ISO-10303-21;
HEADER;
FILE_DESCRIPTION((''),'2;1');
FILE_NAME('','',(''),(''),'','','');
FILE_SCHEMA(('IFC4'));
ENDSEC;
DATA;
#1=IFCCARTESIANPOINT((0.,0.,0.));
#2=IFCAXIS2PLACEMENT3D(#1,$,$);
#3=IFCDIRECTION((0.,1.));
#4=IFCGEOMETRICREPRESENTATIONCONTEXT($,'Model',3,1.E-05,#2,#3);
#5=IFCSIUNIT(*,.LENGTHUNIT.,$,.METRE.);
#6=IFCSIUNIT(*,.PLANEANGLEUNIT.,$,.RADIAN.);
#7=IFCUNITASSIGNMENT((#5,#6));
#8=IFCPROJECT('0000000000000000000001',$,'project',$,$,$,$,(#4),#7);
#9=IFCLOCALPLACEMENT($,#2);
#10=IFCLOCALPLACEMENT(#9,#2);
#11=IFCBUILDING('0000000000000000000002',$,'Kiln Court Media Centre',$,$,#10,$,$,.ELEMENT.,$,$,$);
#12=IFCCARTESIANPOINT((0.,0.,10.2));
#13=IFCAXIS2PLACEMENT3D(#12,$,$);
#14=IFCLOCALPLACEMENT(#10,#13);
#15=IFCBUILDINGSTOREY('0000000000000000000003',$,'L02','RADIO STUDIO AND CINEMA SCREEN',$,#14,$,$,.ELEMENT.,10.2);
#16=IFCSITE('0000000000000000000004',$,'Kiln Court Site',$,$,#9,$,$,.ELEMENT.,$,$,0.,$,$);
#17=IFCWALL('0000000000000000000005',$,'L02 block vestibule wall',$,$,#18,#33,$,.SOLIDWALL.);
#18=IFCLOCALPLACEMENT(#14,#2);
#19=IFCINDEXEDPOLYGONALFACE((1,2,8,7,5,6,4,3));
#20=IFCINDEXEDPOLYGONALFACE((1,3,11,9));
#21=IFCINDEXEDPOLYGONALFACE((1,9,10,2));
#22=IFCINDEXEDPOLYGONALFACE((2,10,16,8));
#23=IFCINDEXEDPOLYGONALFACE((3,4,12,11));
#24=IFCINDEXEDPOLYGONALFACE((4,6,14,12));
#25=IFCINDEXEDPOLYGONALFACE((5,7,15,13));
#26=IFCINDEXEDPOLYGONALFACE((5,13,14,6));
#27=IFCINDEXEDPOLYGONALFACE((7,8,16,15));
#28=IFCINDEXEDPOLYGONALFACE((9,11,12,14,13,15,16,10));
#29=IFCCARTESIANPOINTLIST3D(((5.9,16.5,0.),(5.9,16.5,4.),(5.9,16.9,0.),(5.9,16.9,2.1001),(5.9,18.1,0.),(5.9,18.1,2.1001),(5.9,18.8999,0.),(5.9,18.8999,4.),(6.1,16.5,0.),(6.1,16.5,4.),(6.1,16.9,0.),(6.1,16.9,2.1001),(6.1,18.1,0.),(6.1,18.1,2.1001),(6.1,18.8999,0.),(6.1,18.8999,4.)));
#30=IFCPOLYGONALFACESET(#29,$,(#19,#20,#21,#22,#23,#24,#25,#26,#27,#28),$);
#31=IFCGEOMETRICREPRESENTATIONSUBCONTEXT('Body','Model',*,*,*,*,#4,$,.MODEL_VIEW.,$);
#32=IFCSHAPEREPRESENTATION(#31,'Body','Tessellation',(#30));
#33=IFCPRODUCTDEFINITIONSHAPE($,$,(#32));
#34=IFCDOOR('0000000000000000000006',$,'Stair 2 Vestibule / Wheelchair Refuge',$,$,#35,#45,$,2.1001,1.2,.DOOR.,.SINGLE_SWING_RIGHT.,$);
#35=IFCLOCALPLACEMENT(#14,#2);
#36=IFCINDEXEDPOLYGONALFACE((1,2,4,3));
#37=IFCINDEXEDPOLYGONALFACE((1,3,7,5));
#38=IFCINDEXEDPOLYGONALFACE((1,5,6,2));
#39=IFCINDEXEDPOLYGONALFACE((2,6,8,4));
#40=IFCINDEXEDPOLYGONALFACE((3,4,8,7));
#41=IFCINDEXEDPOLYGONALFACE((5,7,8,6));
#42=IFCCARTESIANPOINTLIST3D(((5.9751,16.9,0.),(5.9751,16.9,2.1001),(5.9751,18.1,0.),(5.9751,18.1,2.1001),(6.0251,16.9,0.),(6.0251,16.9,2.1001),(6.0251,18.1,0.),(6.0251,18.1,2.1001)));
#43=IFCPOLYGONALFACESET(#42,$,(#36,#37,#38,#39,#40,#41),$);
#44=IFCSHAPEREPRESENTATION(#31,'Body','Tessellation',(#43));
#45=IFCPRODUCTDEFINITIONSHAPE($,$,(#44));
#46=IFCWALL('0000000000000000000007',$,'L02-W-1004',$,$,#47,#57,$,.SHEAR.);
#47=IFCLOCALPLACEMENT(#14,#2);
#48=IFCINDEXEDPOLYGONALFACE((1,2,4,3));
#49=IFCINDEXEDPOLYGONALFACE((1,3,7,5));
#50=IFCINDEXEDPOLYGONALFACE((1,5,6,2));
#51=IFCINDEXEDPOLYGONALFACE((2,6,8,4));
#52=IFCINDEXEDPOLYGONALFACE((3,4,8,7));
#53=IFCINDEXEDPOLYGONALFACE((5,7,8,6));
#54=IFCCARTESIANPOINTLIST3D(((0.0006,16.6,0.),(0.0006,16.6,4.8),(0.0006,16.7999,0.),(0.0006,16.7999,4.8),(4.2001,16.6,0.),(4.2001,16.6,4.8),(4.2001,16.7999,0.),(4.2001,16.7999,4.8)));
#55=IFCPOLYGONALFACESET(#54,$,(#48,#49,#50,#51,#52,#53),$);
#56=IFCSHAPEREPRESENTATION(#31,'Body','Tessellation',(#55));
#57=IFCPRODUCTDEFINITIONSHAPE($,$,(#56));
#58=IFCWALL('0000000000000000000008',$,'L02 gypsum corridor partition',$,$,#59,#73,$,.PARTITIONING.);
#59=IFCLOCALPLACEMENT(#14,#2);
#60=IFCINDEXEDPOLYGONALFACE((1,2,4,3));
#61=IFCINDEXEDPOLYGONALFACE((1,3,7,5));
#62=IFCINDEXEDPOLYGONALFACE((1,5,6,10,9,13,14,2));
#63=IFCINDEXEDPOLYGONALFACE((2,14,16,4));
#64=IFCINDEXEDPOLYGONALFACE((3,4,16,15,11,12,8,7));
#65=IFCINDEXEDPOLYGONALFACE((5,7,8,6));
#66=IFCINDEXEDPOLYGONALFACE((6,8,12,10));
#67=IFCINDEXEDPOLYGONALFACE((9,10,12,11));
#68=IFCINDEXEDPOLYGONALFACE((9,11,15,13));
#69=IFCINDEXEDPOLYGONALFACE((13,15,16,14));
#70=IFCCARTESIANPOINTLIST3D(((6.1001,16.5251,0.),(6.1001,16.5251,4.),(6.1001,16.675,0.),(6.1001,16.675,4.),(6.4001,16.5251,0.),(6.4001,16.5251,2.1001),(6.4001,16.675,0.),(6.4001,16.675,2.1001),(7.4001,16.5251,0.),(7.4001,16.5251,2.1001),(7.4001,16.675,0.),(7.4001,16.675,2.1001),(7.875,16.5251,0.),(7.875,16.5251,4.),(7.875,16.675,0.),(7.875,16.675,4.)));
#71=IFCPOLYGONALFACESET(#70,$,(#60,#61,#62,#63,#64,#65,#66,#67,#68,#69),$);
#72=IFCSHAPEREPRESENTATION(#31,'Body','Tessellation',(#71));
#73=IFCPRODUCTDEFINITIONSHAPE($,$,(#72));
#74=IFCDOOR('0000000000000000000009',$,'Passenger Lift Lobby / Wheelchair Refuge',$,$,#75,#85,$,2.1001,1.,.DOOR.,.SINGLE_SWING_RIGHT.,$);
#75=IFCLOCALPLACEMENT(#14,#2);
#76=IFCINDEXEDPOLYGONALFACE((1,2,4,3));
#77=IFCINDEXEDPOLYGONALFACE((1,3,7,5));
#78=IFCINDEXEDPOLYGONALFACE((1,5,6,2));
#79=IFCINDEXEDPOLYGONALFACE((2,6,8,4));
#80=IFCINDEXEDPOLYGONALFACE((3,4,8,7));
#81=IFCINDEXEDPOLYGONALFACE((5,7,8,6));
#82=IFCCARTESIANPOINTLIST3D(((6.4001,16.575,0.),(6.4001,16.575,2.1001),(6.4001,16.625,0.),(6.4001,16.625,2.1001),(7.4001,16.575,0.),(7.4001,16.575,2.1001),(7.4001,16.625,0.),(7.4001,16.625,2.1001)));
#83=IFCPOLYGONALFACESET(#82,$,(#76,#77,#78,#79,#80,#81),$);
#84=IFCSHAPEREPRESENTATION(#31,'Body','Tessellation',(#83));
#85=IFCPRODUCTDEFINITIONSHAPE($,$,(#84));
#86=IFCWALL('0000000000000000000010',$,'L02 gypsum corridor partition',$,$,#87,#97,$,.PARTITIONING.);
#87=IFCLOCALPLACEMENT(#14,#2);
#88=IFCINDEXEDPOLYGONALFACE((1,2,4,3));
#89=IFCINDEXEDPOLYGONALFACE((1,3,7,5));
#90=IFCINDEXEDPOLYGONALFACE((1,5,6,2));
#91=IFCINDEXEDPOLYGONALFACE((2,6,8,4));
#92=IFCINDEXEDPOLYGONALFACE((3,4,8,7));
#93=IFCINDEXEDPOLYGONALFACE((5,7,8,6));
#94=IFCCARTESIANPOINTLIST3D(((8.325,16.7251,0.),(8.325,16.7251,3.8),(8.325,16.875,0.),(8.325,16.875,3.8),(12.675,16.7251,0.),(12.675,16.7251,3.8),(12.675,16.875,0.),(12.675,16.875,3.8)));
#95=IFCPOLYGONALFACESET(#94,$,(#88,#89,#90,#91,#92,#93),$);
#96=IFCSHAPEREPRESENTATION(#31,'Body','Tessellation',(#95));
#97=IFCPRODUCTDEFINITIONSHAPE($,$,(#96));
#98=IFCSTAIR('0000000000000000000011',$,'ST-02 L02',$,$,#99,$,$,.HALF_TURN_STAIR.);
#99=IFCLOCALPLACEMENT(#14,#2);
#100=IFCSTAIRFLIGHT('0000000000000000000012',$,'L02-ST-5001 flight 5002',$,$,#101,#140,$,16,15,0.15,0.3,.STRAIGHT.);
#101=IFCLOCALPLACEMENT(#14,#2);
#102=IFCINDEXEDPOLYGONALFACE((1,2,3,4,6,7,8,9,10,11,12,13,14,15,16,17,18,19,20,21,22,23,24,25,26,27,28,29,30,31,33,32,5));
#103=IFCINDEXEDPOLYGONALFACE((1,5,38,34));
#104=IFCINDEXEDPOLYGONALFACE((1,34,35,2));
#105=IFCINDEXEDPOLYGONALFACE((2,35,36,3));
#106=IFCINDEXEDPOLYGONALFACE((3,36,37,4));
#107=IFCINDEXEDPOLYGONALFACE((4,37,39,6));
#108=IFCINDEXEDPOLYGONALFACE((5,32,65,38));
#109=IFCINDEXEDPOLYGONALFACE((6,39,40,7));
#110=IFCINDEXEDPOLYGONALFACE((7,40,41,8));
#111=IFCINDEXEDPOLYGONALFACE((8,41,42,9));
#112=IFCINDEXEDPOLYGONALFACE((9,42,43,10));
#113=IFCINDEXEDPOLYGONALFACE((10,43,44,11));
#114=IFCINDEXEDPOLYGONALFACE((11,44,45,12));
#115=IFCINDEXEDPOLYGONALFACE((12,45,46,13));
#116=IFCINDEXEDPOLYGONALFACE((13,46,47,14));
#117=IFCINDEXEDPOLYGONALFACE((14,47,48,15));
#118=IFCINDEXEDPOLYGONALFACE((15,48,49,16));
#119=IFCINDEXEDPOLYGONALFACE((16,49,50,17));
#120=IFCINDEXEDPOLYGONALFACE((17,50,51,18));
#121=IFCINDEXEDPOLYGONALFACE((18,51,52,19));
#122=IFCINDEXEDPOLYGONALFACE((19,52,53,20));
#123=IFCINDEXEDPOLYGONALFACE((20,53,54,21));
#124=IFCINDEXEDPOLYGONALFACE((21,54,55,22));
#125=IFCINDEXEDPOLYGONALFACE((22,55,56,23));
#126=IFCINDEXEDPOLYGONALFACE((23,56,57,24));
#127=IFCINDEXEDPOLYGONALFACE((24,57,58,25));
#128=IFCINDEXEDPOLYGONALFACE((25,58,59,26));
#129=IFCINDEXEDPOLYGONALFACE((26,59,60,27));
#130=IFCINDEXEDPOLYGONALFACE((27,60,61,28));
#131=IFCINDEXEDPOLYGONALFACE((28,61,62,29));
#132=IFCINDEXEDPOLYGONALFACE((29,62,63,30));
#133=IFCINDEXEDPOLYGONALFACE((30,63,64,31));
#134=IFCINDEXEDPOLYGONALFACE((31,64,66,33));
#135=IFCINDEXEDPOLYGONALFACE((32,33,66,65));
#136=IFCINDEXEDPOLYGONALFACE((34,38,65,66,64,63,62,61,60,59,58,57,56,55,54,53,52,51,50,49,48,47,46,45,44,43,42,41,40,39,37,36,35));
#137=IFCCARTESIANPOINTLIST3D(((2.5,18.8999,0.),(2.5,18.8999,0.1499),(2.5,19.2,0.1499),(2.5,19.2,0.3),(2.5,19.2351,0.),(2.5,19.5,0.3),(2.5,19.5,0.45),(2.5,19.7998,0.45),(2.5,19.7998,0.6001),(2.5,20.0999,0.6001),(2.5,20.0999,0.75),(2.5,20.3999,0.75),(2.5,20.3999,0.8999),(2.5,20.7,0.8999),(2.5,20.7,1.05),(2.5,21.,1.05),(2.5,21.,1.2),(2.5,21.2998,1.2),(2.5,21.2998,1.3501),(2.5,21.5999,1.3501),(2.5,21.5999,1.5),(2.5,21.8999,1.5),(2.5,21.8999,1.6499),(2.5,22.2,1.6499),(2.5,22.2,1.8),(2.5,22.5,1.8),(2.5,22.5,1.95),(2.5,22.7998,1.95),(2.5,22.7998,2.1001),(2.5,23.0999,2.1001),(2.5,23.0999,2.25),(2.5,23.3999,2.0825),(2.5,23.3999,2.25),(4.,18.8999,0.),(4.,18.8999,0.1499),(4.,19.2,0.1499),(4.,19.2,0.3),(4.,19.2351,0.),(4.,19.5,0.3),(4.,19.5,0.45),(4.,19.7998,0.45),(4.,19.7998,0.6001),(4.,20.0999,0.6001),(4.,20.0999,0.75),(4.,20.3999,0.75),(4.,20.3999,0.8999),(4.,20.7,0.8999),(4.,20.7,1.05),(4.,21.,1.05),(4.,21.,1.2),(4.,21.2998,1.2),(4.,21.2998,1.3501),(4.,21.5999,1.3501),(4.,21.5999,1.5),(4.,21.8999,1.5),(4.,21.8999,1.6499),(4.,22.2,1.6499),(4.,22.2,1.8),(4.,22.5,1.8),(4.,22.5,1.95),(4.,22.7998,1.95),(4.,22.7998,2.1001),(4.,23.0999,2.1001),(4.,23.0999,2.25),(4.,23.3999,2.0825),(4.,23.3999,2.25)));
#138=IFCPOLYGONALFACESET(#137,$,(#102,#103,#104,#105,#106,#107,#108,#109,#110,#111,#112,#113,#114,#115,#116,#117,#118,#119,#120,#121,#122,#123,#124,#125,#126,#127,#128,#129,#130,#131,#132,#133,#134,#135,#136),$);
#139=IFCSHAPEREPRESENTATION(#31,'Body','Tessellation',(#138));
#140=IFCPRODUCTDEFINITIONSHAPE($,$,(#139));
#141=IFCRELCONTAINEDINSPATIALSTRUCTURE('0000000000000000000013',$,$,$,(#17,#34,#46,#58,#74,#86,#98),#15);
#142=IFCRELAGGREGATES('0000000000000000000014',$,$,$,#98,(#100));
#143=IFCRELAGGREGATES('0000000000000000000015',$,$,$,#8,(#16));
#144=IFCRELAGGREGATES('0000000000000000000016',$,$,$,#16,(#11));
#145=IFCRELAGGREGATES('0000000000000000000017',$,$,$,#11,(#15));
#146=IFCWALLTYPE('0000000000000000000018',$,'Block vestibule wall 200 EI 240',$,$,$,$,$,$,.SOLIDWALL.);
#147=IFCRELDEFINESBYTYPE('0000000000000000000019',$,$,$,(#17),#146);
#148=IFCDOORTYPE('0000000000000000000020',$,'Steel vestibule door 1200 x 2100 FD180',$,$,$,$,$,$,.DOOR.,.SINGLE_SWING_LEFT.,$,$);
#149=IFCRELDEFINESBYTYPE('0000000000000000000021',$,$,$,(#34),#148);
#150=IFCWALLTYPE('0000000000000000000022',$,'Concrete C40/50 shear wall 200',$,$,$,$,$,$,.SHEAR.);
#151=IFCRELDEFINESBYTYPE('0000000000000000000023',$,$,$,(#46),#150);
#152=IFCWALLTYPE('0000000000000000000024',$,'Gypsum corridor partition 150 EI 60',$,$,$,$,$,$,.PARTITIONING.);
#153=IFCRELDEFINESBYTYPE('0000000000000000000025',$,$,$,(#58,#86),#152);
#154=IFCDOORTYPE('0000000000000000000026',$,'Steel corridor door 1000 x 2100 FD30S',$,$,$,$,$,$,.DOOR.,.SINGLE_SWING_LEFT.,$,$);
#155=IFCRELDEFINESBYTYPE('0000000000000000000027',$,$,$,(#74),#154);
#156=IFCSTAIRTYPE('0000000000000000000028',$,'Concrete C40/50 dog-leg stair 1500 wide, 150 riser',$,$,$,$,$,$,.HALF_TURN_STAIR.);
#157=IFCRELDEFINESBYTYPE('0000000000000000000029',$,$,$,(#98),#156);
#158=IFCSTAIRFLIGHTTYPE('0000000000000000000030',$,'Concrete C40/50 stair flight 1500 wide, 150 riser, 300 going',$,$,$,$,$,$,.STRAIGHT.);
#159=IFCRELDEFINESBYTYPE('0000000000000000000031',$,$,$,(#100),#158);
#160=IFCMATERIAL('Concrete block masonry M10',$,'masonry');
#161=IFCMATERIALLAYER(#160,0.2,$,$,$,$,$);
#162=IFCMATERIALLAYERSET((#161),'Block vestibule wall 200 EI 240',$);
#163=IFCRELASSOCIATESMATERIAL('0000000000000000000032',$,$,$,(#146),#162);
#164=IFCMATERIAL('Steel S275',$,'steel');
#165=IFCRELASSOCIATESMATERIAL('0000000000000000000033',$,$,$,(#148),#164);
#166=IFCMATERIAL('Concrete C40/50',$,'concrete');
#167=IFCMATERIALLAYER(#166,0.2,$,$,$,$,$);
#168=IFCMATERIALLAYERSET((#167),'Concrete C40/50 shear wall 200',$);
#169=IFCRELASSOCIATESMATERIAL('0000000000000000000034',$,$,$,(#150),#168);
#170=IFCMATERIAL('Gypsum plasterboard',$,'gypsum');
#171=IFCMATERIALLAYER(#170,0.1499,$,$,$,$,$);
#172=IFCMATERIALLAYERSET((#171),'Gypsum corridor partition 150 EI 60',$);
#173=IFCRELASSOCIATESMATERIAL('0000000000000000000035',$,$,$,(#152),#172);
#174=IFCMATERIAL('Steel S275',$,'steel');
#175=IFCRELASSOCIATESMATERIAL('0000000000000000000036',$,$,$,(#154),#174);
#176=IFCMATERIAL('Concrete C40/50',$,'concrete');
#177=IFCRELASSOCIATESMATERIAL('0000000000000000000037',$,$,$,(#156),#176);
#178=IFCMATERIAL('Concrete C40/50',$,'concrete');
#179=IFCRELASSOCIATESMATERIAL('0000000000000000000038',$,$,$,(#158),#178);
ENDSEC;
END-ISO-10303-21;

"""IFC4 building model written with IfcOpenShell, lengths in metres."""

from ifc_helpers import new_model, si_unit, direction, frame, frame_2d, origin, place, context, subcontext, project, spatial, polyline, rectangle, outline, extrude, material, layer, layer_set, type_object, element, fill, aggregate, save


model = new_model("IFC4")

# Units and contexts
model_context = context("Model", 3, precision=1e-05, world=origin(), true_north=direction((0.0, 1.0)))
body_context = subcontext(model_context, "Body", "Model", "MODEL_VIEW")
ifc_project = project(units=[si_unit("LENGTHUNIT", "METRE"), si_unit("PLANEANGLEUNIT", "RADIAN")], contexts=[model_context])

# Site, building, storey
site_placement = place(None, origin())
site = spatial("IfcSite", under=ifc_project, at=site_placement, Name="Kiln Court Site", CompositionType="ELEMENT", RefElevation=0.0)
building_placement = place(site_placement, origin())
building = spatial("IfcBuilding", under=site, at=building_placement, Name="Kiln Court Media Centre", CompositionType="ELEMENT")
storey_placement = place(building_placement, frame((0.0, 0.0, 10.2)))
storey = spatial("IfcBuildingStorey", under=building, at=storey_placement, Name="L02", Description="RADIO STUDIO AND CINEMA SCREEN", CompositionType="ELEMENT", Elevation=10.2)

# Wall, opening, door
ifc_material_1 = material(Name="Concrete block masonry M10", Category="masonry")
ifc_layer_1 = layer(ifc_material_1, 0.2)
ifc_layer_set_1 = layer_set([ifc_layer_1], Name="Block vestibule wall 200 EI 240")
wall_type_1 = type_object("IfcWallType", Name="Block vestibule wall 200 EI 240", PredefinedType="SOLIDWALL", material=ifc_layer_set_1)
ifc_material_2 = material(Name="Steel S275", Category="steel")
door_type_1 = type_object("IfcDoorType", Name="Steel vestibule door 1200 x 2100 FD180", OperationType="SINGLE_SWING_LEFT", PredefinedType="DOOR", material=ifc_material_2)
wall_1_placement = place(storey_placement, frame((6.0, 16.5, 0.0), z_axis=(0.0, 0.0, 1.0), x_axis=(0.0, 1.0, 0.0)))
wall_1 = element("IfcWall", 1, at=wall_1_placement, inside=storey, type_object=wall_type_1, Name="L02 block vestibule wall", PredefinedType="SOLIDWALL", context=body_context, shape_type="SweptSolid", body=[
    extrude(rectangle(XDim=2.3999, YDim=0.2, at=frame_2d((1.2, 0.0))), origin(), (0.0, 0.0, 1.0), 4.0),
])
opening_1_placement = place(wall_1_placement, frame((0.3999, 0.0, 0.0)))
opening_1 = element("IfcOpeningElement", 2, at=opening_1_placement, cuts=wall_1, PredefinedType="OPENING", context=body_context, shape_type="SweptSolid", body=[
    extrude(rectangle(XDim=1.2, YDim=2.1001, at=frame_2d((0.6001, 1.05))), frame((0.0, 0.1099, 0.0), z_axis=(0.0, -1.0, 0.0), x_axis=(1.0, 0.0, 0.0)), (0.0, 0.0, 1.0), 0.22),
])
door_1_placement = place(opening_1_placement, origin())
door_1 = element("IfcDoor", 3, at=door_1_placement, inside=storey, type_object=door_type_1, Name="Stair 2 Vestibule / Wheelchair Refuge", OperationType="SINGLE_SWING_RIGHT", OverallHeight=2.1001, OverallWidth=1.2, PredefinedType="DOOR", context=body_context, shape_type="SweptSolid", body=[
    extrude(rectangle(XDim=1.2, YDim=2.1001, at=frame_2d((0.6001, 1.05))), frame((0.0, 0.0249, 0.0), z_axis=(0.0, -1.0, 0.0), x_axis=(1.0, 0.0, 0.0)), (0.0, 0.0, 1.0), 0.05),
])
fill(opening_1, door_1)

# Wall
ifc_material_3 = material(Name="Concrete C40/50", Category="concrete")
ifc_layer_2 = layer(ifc_material_3, 0.2)
ifc_layer_set_2 = layer_set([ifc_layer_2], Name="Concrete C40/50 shear wall 200")
wall_type_2 = type_object("IfcWallType", Name="Concrete C40/50 shear wall 200", PredefinedType="SHEAR", material=ifc_layer_set_2)
wall_2_placement = place(storey_placement, frame((4.2, 16.7, 0.0), z_axis=(0.0, 0.0, 1.0), x_axis=(-1.0, 0.0, 0.0)))
element("IfcWall", 4, at=wall_2_placement, inside=storey, type_object=wall_type_2, Name="L02-W-1004", PredefinedType="SHEAR", context=body_context, shape_type="SweptSolid", body=[
    extrude(rectangle(XDim=4.1995, YDim=0.2, at=frame_2d((2.0996, 0.0))), origin(), (0.0, 0.0, 1.0), 4.8),
])

# Wall, opening, door
ifc_material_4 = material(Name="Gypsum plasterboard", Category="gypsum")
ifc_layer_3 = layer(ifc_material_4, 0.1499)
ifc_layer_set_3 = layer_set([ifc_layer_3], Name="Gypsum corridor partition 150 EI 60")
wall_type_3 = type_object("IfcWallType", Name="Gypsum corridor partition 150 EI 60", PredefinedType="PARTITIONING", material=ifc_layer_set_3)
wall_3_placement = place(storey_placement, frame((6.1001, 16.6001, 0.0), z_axis=(0.0, 0.0, 1.0), x_axis=(1.0, 0.0, 0.0)))
wall_3 = element("IfcWall", 5, at=wall_3_placement, inside=storey, type_object=wall_type_3, Name="L02 gypsum corridor partition", PredefinedType="PARTITIONING", context=body_context, shape_type="SweptSolid", body=[
    extrude(rectangle(XDim=1.7749, YDim=0.1499, at=frame_2d((0.8875, 0.0))), origin(), (0.0, 0.0, 1.0), 4.0),
])
opening_2_placement = place(wall_3_placement, frame((0.3, 0.0, 0.0)))
opening_2 = element("IfcOpeningElement", 6, at=opening_2_placement, cuts=wall_3, PredefinedType="OPENING", context=body_context, shape_type="SweptSolid", body=[
    extrude(rectangle(XDim=1.0, YDim=2.1001, at=frame_2d((0.5, 1.05))), frame((0.0, 0.085, 0.0), z_axis=(0.0, -1.0, 0.0), x_axis=(1.0, 0.0, 0.0)), (0.0, 0.0, 1.0), 0.1699),
])
ifc_material_5 = material(Name="Steel S275", Category="steel")
door_type_2 = type_object("IfcDoorType", Name="Steel corridor door 1000 x 2100 FD30S", OperationType="SINGLE_SWING_LEFT", PredefinedType="DOOR", material=ifc_material_5)
door_2_placement = place(opening_2_placement, origin())
door_2 = element("IfcDoor", 7, at=door_2_placement, inside=storey, type_object=door_type_2, Name="Passenger Lift Lobby / Wheelchair Refuge", OperationType="SINGLE_SWING_RIGHT", OverallHeight=2.1001, OverallWidth=1.0, PredefinedType="DOOR", context=body_context, shape_type="SweptSolid", body=[
    extrude(rectangle(XDim=1.0, YDim=2.1001, at=frame_2d((0.5, 1.05))), frame((0.0, 0.0249, 0.0), z_axis=(0.0, -1.0, 0.0), x_axis=(1.0, 0.0, 0.0)), (0.0, 0.0, 1.0), 0.05),
])
fill(opening_2, door_2)

# Wall
wall_4_placement = place(storey_placement, frame((8.325, 16.8, 0.0), z_axis=(0.0, 0.0, 1.0), x_axis=(1.0, 0.0, 0.0)))
element("IfcWall", 8, at=wall_4_placement, inside=storey, type_object=wall_type_3, Name="L02 gypsum corridor partition", PredefinedType="PARTITIONING", context=body_context, shape_type="SweptSolid", body=[
    extrude(rectangle(XDim=4.3501, YDim=0.1499, at=frame_2d((2.175, 0.0))), origin(), (0.0, 0.0, 1.0), 3.8),
])

# Stair, stair flight
ifc_material_6 = material(Name="Concrete C40/50", Category="concrete")
stair_type = type_object("IfcStairType", Name="Concrete C40/50 dog-leg stair 1500 wide, 150 riser", PredefinedType="HALF_TURN_STAIR", material=ifc_material_6)
stair_placement = place(storey_placement, origin())
stair = element("IfcStair", 9, at=stair_placement, inside=storey, type_object=stair_type, Name="ST-02 L02", PredefinedType="HALF_TURN_STAIR")
ifc_material_7 = material(Name="Concrete C40/50", Category="concrete")
stair_flight_type = type_object("IfcStairFlightType", Name="Concrete C40/50 stair flight 1500 wide, 150 riser, 300 going", PredefinedType="STRAIGHT", material=ifc_material_7)
stair_flight_placement = place(storey_placement, frame((3.25, 18.8999, 0.0), z_axis=(0.0, 0.0, 1.0), x_axis=(0.0, 1.0, 0.0)))
stair_flight = element("IfcStairFlight", 10, at=stair_flight_placement, type_object=stair_flight_type, Name="L02-ST-5001 flight 5002", NumberOfRisers=16, NumberOfTreads=15, PredefinedType="STRAIGHT", RiserHeight=0.15, TreadLength=0.3, context=body_context, shape_type="SweptSolid", body=[
    extrude(outline(polyline([(0.0, 0.0), (0.0, 0.1499), (0.3, 0.1499), (0.3, 0.3), (0.6001, 0.3), (0.6001, 0.45), (0.8999, 0.45), (0.8999, 0.6001), (1.2, 0.6001), (1.2, 0.75), (1.5, 0.75), (1.5, 0.8999), (1.8, 0.8999), (1.8, 1.05), (2.1001, 1.05), (2.1001, 1.2), (2.3999, 1.2), (2.3999, 1.3501), (2.7, 1.3501), (2.7, 1.5), (3.0, 1.5), (3.0, 1.6499), (3.3, 1.6499), (3.3, 1.8), (3.6001, 1.8), (3.6001, 1.95), (3.8999, 1.95), (3.8999, 2.1001), (4.2, 2.1001), (4.2, 2.25), (4.5, 2.25), (4.5, 2.3999), (4.5, 2.0825), (0.3352, 0.0), (0.0, 0.0)])), frame((0.0, 0.75, 0.0), z_axis=(0.0, -1.0, 0.0), x_axis=(1.0, 0.0, 0.0)), (0.0, 0.0, 1.0), 1.5),
])
aggregate(stair, [stair_flight])

save(model, "model.ifc")
